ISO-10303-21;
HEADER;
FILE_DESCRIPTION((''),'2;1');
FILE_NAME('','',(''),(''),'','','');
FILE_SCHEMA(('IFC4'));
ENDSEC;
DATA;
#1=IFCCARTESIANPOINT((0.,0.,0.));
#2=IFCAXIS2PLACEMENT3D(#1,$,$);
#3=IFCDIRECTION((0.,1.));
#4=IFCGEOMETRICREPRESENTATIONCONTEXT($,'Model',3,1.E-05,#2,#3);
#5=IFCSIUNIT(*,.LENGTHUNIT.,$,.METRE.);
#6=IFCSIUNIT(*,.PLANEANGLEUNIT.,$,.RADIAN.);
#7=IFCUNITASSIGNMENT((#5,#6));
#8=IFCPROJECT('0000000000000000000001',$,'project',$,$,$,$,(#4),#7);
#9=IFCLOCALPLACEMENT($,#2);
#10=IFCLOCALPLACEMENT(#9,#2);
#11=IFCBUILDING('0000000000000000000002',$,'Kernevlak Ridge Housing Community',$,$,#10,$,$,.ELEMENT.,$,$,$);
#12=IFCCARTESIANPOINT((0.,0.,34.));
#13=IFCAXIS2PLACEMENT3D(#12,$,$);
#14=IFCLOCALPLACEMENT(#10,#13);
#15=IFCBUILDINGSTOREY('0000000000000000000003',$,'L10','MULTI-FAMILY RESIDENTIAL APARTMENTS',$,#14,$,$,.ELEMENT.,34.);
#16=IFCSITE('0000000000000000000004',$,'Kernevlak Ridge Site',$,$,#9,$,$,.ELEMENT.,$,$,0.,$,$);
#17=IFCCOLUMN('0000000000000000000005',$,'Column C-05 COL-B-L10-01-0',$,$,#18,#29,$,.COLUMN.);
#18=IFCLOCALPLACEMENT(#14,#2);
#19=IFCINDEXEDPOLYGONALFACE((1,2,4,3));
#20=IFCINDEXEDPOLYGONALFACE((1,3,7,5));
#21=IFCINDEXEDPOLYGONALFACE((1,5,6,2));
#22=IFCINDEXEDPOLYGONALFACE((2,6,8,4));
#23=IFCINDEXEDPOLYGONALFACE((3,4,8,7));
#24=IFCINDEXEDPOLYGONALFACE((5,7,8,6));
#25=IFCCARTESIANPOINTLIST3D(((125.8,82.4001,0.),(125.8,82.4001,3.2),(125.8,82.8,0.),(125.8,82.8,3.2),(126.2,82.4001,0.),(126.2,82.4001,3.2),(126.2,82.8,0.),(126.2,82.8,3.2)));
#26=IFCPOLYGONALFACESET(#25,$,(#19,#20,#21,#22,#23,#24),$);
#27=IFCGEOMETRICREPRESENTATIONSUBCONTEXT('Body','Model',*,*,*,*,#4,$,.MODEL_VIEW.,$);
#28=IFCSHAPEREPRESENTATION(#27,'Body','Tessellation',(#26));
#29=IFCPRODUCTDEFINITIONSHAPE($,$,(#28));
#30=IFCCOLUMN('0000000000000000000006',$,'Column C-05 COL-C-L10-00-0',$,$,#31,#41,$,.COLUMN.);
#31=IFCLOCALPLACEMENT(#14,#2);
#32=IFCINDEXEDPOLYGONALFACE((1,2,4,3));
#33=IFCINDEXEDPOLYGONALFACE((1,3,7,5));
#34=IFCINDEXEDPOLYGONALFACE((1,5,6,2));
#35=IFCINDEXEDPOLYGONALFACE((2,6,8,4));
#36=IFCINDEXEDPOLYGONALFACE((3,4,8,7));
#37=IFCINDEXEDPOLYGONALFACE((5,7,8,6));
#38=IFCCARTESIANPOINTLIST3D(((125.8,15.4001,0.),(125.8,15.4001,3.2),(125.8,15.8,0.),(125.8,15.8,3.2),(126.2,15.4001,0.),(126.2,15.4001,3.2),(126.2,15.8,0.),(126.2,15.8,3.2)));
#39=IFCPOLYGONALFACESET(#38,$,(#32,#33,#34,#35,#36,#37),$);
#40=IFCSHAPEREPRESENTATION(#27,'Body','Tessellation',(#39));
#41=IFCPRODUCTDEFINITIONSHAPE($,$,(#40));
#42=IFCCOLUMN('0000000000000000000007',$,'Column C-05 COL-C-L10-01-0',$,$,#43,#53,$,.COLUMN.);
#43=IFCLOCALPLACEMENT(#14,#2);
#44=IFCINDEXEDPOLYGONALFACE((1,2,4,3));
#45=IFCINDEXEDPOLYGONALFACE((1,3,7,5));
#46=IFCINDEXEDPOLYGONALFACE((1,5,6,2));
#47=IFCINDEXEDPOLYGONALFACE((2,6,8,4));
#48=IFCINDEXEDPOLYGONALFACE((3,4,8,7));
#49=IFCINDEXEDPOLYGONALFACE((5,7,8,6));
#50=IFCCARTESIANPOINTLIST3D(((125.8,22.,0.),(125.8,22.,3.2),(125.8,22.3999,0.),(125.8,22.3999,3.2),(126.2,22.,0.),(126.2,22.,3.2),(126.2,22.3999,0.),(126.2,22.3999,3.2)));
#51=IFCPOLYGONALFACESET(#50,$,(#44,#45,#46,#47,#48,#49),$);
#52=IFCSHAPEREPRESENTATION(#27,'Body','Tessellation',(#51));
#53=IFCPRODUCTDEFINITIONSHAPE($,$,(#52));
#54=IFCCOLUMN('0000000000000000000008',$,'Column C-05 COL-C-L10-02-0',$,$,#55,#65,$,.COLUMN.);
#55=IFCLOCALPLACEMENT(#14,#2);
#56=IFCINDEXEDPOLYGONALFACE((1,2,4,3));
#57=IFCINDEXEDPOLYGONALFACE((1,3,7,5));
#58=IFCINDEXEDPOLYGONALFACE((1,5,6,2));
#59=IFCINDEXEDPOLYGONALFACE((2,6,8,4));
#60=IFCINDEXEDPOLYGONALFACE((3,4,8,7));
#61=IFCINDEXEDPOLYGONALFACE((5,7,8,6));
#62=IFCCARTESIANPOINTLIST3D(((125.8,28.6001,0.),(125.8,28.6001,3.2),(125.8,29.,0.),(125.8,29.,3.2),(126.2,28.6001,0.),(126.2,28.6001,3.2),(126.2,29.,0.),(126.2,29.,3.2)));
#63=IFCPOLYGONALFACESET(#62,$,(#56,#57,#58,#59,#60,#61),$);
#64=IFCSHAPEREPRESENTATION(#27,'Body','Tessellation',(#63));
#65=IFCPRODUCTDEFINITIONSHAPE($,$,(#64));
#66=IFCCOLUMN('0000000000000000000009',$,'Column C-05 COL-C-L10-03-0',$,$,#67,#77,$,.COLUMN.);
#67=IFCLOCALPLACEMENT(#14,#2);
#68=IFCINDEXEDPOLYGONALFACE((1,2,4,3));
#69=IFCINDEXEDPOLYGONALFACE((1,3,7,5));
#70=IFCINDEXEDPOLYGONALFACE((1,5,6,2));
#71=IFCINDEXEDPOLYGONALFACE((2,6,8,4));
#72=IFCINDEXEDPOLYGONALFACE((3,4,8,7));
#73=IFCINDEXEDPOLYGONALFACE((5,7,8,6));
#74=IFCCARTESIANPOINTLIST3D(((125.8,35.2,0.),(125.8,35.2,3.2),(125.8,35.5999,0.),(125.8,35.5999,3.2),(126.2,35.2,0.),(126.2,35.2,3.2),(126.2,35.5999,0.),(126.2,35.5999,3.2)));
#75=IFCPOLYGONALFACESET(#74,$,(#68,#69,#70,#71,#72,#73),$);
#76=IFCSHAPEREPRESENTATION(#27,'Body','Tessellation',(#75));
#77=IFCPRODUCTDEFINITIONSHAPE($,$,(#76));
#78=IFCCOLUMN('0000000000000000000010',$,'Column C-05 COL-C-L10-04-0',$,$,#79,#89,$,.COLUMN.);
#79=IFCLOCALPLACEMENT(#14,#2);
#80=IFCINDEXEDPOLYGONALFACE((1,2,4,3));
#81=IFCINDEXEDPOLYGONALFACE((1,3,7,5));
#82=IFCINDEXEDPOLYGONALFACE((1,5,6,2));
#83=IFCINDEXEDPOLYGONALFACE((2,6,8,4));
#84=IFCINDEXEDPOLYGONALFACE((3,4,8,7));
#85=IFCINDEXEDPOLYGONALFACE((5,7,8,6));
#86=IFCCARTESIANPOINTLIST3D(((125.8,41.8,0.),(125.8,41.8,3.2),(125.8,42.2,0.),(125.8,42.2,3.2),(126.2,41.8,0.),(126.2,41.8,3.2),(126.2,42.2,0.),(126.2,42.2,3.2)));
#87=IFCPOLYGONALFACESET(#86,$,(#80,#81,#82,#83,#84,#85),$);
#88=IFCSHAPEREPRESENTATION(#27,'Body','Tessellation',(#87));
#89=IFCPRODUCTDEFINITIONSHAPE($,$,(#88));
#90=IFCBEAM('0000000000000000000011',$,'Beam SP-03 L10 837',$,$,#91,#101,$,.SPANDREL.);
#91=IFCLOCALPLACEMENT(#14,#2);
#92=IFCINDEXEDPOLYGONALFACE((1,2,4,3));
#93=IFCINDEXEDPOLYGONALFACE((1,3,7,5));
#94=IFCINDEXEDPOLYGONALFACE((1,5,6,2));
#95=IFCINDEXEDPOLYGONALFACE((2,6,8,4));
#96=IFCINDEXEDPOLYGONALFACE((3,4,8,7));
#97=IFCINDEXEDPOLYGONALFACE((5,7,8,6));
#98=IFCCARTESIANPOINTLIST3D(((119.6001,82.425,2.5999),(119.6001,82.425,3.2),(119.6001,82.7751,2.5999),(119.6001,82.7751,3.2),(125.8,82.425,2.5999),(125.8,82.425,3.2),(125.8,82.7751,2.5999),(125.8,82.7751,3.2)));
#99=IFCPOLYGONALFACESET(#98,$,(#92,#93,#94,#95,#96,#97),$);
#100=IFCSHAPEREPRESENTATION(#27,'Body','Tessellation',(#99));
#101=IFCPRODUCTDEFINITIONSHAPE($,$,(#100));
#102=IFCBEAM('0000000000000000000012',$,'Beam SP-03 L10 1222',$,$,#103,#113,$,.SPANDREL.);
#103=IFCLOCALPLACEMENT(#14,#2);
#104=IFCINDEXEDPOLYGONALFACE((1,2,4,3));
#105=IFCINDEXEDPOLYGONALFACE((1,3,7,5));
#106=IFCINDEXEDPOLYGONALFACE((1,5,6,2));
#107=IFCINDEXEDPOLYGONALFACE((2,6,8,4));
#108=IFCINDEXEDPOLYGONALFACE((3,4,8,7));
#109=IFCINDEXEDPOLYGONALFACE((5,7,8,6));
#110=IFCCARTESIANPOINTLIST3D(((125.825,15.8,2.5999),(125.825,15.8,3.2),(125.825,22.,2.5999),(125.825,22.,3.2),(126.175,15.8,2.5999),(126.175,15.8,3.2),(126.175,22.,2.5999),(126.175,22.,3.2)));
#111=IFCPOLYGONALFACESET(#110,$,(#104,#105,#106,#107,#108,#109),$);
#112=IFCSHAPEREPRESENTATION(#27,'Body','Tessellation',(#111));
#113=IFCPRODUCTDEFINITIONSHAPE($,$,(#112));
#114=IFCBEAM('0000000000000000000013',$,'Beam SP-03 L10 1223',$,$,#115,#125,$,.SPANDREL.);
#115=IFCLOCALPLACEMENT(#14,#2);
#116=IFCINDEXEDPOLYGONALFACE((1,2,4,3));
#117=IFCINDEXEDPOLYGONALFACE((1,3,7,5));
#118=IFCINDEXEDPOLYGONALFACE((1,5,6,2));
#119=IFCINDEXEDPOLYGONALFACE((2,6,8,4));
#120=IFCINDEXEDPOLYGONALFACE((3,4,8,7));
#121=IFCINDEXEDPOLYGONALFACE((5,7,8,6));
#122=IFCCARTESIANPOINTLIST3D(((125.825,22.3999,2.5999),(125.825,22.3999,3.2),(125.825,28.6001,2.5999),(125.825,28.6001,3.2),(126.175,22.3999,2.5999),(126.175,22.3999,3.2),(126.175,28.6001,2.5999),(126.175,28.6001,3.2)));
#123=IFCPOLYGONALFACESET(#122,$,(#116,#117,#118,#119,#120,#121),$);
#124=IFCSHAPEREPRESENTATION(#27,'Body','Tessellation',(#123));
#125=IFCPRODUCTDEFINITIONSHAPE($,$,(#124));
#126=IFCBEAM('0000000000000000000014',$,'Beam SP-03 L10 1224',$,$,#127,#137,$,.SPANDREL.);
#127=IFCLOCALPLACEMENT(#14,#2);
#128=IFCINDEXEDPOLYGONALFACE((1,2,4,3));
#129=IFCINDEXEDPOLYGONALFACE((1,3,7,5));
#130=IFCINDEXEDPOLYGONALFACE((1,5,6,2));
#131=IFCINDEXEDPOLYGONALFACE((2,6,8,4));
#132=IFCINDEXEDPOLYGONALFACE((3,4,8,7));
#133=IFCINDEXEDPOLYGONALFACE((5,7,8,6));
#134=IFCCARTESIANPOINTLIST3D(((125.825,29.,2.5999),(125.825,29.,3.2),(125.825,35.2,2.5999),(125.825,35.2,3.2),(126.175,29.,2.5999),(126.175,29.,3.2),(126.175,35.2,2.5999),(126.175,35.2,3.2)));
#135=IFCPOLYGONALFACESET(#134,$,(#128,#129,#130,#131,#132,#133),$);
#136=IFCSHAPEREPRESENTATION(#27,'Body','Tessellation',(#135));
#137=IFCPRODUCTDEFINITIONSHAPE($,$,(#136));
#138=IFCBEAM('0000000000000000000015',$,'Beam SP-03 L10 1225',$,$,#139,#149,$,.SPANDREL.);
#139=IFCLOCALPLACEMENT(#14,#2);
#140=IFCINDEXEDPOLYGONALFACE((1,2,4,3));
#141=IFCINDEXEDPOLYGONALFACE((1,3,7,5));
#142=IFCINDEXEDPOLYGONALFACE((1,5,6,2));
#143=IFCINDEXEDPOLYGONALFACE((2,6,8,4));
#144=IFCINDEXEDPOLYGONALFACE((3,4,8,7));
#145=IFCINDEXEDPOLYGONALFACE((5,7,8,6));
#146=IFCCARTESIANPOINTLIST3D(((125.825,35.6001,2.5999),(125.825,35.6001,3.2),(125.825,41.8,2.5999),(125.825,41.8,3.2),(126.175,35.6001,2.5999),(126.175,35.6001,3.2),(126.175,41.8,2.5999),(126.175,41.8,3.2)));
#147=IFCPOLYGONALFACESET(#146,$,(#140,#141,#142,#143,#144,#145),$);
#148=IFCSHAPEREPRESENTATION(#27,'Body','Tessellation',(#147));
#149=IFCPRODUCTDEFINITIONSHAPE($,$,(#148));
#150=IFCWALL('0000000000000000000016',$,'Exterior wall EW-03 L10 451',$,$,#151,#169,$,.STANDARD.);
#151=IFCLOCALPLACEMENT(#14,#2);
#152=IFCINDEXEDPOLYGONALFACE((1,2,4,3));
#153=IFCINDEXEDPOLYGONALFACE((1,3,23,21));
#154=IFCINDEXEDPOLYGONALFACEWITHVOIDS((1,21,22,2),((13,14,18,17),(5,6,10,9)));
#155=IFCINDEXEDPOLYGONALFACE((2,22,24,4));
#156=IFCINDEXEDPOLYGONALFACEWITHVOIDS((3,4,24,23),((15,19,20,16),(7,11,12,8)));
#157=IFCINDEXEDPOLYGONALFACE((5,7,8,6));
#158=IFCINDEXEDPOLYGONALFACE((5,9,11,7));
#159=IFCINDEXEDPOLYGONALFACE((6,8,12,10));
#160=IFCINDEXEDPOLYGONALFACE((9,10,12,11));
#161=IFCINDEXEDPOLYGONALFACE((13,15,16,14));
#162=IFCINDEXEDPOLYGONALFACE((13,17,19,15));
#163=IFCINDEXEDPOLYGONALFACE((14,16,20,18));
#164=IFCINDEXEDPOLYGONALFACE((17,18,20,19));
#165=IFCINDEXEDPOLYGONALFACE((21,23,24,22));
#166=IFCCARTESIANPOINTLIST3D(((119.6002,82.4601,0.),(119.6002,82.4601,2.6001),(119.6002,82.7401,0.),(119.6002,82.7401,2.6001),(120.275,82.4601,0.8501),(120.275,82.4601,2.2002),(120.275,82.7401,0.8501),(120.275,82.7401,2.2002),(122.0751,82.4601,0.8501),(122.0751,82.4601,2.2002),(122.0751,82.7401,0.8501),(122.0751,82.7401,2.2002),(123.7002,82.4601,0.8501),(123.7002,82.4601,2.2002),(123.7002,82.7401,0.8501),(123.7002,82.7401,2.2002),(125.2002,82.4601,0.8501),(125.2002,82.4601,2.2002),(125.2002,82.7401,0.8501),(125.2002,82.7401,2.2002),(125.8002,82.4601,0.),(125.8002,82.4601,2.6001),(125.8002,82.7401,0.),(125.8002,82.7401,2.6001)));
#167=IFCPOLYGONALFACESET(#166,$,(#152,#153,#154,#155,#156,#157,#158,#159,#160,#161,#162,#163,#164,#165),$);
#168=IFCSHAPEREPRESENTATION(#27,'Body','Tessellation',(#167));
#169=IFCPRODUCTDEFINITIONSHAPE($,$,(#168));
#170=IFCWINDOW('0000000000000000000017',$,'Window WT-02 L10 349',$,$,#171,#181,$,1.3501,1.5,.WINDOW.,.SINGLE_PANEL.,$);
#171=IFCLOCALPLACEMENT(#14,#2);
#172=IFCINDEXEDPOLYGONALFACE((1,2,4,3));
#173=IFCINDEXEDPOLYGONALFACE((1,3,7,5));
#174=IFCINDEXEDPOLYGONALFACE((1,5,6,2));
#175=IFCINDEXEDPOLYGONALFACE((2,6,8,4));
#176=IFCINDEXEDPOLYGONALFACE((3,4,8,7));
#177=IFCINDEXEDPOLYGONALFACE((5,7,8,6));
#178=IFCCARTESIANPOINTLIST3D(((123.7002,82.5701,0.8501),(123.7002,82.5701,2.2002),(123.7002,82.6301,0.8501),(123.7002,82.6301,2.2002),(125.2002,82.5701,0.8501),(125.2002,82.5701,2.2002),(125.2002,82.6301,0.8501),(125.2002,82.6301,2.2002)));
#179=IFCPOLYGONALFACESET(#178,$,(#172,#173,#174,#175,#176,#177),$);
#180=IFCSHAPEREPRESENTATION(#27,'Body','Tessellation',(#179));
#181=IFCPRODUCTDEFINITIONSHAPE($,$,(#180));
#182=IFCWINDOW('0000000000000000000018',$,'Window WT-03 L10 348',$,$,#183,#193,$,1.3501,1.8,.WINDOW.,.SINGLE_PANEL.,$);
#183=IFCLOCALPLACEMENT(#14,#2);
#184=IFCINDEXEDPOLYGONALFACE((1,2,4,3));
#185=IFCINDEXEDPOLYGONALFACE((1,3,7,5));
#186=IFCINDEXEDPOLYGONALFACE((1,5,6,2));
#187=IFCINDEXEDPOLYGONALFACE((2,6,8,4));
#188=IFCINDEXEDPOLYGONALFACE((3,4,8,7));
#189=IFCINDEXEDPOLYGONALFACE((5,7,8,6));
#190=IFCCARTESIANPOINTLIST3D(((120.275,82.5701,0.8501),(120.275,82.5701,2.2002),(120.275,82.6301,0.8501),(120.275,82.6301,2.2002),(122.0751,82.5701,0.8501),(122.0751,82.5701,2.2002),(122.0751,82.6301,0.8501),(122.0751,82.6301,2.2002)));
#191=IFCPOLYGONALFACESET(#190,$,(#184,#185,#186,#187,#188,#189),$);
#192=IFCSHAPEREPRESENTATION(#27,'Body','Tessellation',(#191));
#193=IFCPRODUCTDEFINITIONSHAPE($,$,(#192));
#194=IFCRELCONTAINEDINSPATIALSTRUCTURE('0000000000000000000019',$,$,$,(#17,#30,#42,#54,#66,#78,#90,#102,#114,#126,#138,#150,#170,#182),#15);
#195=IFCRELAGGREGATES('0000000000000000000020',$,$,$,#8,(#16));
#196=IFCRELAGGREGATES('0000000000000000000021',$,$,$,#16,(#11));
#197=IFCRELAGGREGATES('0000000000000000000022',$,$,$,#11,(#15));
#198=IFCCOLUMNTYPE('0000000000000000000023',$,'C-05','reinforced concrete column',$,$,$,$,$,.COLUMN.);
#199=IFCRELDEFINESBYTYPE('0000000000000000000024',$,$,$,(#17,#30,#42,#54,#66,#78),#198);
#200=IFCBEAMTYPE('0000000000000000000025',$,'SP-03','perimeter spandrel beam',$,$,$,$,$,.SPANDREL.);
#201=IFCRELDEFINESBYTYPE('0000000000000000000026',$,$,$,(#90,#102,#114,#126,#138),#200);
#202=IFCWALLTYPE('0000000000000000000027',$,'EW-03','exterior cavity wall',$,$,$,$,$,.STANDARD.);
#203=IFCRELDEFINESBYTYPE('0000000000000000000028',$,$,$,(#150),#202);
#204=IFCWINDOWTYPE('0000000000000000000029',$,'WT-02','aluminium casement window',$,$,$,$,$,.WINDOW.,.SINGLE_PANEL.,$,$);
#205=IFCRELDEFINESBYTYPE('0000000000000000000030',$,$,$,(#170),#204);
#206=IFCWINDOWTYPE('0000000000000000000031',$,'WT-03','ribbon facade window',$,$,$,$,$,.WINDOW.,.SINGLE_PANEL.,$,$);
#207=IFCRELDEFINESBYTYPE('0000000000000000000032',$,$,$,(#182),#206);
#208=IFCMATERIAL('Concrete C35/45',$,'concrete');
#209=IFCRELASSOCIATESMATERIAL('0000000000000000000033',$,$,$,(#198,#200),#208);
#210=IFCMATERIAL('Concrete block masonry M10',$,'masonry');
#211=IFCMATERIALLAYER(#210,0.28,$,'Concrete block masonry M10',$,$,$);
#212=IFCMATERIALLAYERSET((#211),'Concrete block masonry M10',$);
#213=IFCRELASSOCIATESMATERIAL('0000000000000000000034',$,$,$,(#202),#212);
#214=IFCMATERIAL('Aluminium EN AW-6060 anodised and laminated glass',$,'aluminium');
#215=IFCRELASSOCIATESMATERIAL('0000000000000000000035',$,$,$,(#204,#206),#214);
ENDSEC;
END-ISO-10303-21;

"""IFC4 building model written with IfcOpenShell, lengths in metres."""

from ifc_helpers import new_model, si_unit, direction, frame, frame_2d, origin, origin_2d, place, context, subcontext, project, spatial, rectangle, extrude, material, layer, layer_set, material_profile, profile_set, type_object, element, fill, save


model = new_model("IFC4")

# Units and contexts
model_context = context("Model", 3, precision=1e-05, world=origin(), true_north=direction((0.0, 1.0)))
body_context = subcontext(model_context, "Body", "Model", "MODEL_VIEW")
ifc_project = project(units=[si_unit("LENGTHUNIT", "METRE"), si_unit("PLANEANGLEUNIT", "RADIAN")], contexts=[model_context])

# Site, building, storey
site_placement = place(None, origin())
site = spatial("IfcSite", under=ifc_project, at=site_placement, Name="Kernevlak Ridge Site", CompositionType="ELEMENT", RefElevation=0.0)
building_placement = place(site_placement, origin())
building = spatial("IfcBuilding", under=site, at=building_placement, Name="Kernevlak Ridge Housing Community", CompositionType="ELEMENT")
storey_placement = place(building_placement, frame((0.0, 0.0, 34.0)))
storey = spatial("IfcBuildingStorey", under=building, at=storey_placement, Name="L10", Description="MULTI-FAMILY RESIDENTIAL APARTMENTS", CompositionType="ELEMENT", Elevation=34.0)

# Columns
ifc_material_1 = material(Name="Concrete C35/45", Category="concrete")
ifc_material_profile_1 = material_profile(ifc_material_1, rectangle(XDim=0.3999, YDim=0.3999, at=origin_2d()), Name="RC 400x400")
ifc_profile_set_1 = profile_set([ifc_material_profile_1], Name="Concrete C35/45")
column_type = type_object("IfcColumnType", Name="C-05", Description="reinforced concrete column", PredefinedType="COLUMN", material=ifc_profile_set_1)
for number, where, z_axis, x_axis, name in (
    (1, (126.0, 82.6001, 0.0), (0.0, 0.0, 1.0), (1.0, 0.0, 0.0), "Column C-05 COL-B-L10-01-0"),
    (2, (126.0, 15.6001, 0.0), (0.0, 0.0, 1.0), (1.0, 0.0, 0.0), "Column C-05 COL-C-L10-00-0"),
    (3, (126.0, 22.2, 0.0), (0.0, 0.0, 1.0), (1.0, 0.0, 0.0), "Column C-05 COL-C-L10-01-0"),
    (4, (126.0, 28.8, 0.0), (0.0, 0.0, 1.0), (1.0, 0.0, 0.0), "Column C-05 COL-C-L10-02-0"),
    (5, (126.0, 35.3999, 0.0), (0.0, 0.0, 1.0), (1.0, 0.0, 0.0), "Column C-05 COL-C-L10-03-0"),
    (6, (126.0, 42.0, 0.0), (0.0, 0.0, 1.0), (1.0, 0.0, 0.0), "Column C-05 COL-C-L10-04-0"),
):
    element("IfcColumn", number, at=place(storey_placement, frame(where, z_axis=z_axis, x_axis=x_axis)), inside=storey, type_object=column_type, Name=name, PredefinedType="COLUMN", context=body_context, shape_type="SweptSolid", body=[
        extrude(rectangle(XDim=0.3999, YDim=0.3999, at=origin_2d()), origin(), (0.0, 0.0, 1.0), 3.2),
    ])

# Beams
ifc_material_profile_2 = material_profile(ifc_material_1, rectangle(XDim=0.3501, YDim=0.6001, at=origin_2d()), Name="RC 350x600")
ifc_profile_set_2 = profile_set([ifc_material_profile_2], Name="Concrete C35/45")
beam_type = type_object("IfcBeamType", Name="SP-03", Description="perimeter spandrel beam", PredefinedType="SPANDREL", material=ifc_profile_set_2)
for number, where, z_axis, x_axis, name in (
    (7, (119.6001, 82.6001, 2.8999), (1.0, 0.0, 0.0), (0.0, 1.0, 0.0), "Beam SP-03 L10 837"),
    (8, (126.0, 15.8, 2.8999), (0.0, 1.0, 0.0), (-1.0, 0.0, 0.0), "Beam SP-03 L10 1222"),
):
    element("IfcBeam", number, at=place(storey_placement, frame(where, z_axis=z_axis, x_axis=x_axis)), inside=storey, type_object=beam_type, Name=name, PredefinedType="SPANDREL", context=body_context, shape_type="SweptSolid", body=[
        extrude(rectangle(XDim=0.3501, YDim=0.6001, at=origin_2d()), origin(), (0.0, 0.0, 1.0), 6.2),
    ])
beam_placement = place(storey_placement, frame((126.0, 22.3999, 2.8999), z_axis=(0.0, 1.0, 0.0), x_axis=(-1.0, 0.0, 0.0)))
element("IfcBeam", 9, at=beam_placement, inside=storey, type_object=beam_type, Name="Beam SP-03 L10 1223", PredefinedType="SPANDREL", context=body_context, shape_type="SweptSolid", body=[
    extrude(rectangle(XDim=0.3501, YDim=0.6001, at=origin_2d()), origin(), (0.0, 0.0, 1.0), 6.2002),
])
for number, where, z_axis, x_axis, name in (
    (10, (126.0, 29.0, 2.8999), (0.0, 1.0, 0.0), (-1.0, 0.0, 0.0), "Beam SP-03 L10 1224"),
    (11, (126.0, 35.6001, 2.8999), (0.0, 1.0, 0.0), (-1.0, 0.0, 0.0), "Beam SP-03 L10 1225"),
):
    element("IfcBeam", number, at=place(storey_placement, frame(where, z_axis=z_axis, x_axis=x_axis)), inside=storey, type_object=beam_type, Name=name, PredefinedType="SPANDREL", context=body_context, shape_type="SweptSolid", body=[
        extrude(rectangle(XDim=0.3501, YDim=0.6001, at=origin_2d()), origin(), (0.0, 0.0, 1.0), 6.2),
    ])

# Wall, openings, windows
ifc_material_2 = material(Name="Concrete block masonry M10", Category="masonry")
ifc_layer_1 = layer(ifc_material_2, 0.28, Name="Concrete block masonry M10")
ifc_layer_set_1 = layer_set([ifc_layer_1], Name="Concrete block masonry M10")
wall_type_1 = type_object("IfcWallType", Name="EW-03", Description="exterior cavity wall", PredefinedType="STANDARD", material=ifc_layer_set_1)
wall_1_placement = place(storey_placement, frame((119.6001, 82.6001, 0.0), z_axis=(0.0, 0.0, 1.0), x_axis=(1.0, 0.0, 0.0)))
wall_1 = element("IfcWall", 12, at=wall_1_placement, inside=storey, type_object=wall_type_1, Name="Exterior wall EW-03 L10 451", PredefinedType="STANDARD", context=body_context, shape_type="SweptSolid", body=[
    extrude(rectangle(XDim=6.2, YDim=0.28, at=frame_2d((3.1001, 0.0))), origin(), (0.0, 0.0, 1.0), 2.6001),
])
opening_1_placement = place(wall_1_placement, frame((0.675, 0.0, 0.8501)))
opening_1 = element("IfcOpeningElement", 13, at=opening_1_placement, cuts=wall_1, PredefinedType="OPENING", context=body_context, shape_type="SweptSolid", body=[
    extrude(rectangle(XDim=1.8, YDim=1.3501, at=frame_2d((0.8999, 0.675))), frame((0.0, 0.1499, 0.0), z_axis=(0.0, -1.0, 0.0), x_axis=(1.0, 0.0, 0.0)), (0.0, 0.0, 1.0), 0.3),
])
opening_2_placement = place(wall_1_placement, frame((4.1001, 0.0, 0.8501)))
opening_2 = element("IfcOpeningElement", 14, at=opening_2_placement, cuts=wall_1, PredefinedType="OPENING", context=body_context, shape_type="SweptSolid", body=[
    extrude(rectangle(XDim=1.5, YDim=1.3501, at=frame_2d((0.75, 0.675))), frame((0.0, 0.1499, 0.0), z_axis=(0.0, -1.0, 0.0), x_axis=(1.0, 0.0, 0.0)), (0.0, 0.0, 1.0), 0.3),
])
ifc_material_3 = material(Name="Aluminium EN AW-6060 anodised and laminated glass", Category="aluminium")
window_type_1 = type_object("IfcWindowType", Name="WT-02", Description="aluminium casement window", PartitioningType="SINGLE_PANEL", PredefinedType="WINDOW", material=ifc_material_3)
window_1_placement = place(opening_2_placement, origin())
window_1 = element("IfcWindow", 15, at=window_1_placement, inside=storey, type_object=window_type_1, Name="Window WT-02 L10 349", OverallHeight=1.3501, OverallWidth=1.5, PartitioningType="SINGLE_PANEL", PredefinedType="WINDOW", context=body_context, shape_type="SweptSolid", body=[
    extrude(rectangle(XDim=1.5, YDim=1.3501, at=frame_2d((0.75, 0.675))), frame((0.0, 0.03, 0.0), z_axis=(0.0, -1.0, 0.0), x_axis=(1.0, 0.0, 0.0)), (0.0, 0.0, 1.0), 0.0601),
])
fill(opening_2, window_1)
window_type_2 = type_object("IfcWindowType", Name="WT-03", Description="ribbon facade window", PartitioningType="SINGLE_PANEL", PredefinedType="WINDOW", material=ifc_material_3)
window_2_placement = place(opening_1_placement, origin())
window_2 = element("IfcWindow", 16, at=window_2_placement, inside=storey, type_object=window_type_2, Name="Window WT-03 L10 348", OverallHeight=1.3501, OverallWidth=1.8, PartitioningType="SINGLE_PANEL", PredefinedType="WINDOW", context=body_context, shape_type="SweptSolid", body=[
    extrude(rectangle(XDim=1.8, YDim=1.3501, at=frame_2d((0.8999, 0.675))), frame((0.0, 0.03, 0.0), z_axis=(0.0, -1.0, 0.0), x_axis=(1.0, 0.0, 0.0)), (0.0, 0.0, 1.0), 0.0601),
])
fill(opening_1, window_2)

save(model, "model.ifc")
